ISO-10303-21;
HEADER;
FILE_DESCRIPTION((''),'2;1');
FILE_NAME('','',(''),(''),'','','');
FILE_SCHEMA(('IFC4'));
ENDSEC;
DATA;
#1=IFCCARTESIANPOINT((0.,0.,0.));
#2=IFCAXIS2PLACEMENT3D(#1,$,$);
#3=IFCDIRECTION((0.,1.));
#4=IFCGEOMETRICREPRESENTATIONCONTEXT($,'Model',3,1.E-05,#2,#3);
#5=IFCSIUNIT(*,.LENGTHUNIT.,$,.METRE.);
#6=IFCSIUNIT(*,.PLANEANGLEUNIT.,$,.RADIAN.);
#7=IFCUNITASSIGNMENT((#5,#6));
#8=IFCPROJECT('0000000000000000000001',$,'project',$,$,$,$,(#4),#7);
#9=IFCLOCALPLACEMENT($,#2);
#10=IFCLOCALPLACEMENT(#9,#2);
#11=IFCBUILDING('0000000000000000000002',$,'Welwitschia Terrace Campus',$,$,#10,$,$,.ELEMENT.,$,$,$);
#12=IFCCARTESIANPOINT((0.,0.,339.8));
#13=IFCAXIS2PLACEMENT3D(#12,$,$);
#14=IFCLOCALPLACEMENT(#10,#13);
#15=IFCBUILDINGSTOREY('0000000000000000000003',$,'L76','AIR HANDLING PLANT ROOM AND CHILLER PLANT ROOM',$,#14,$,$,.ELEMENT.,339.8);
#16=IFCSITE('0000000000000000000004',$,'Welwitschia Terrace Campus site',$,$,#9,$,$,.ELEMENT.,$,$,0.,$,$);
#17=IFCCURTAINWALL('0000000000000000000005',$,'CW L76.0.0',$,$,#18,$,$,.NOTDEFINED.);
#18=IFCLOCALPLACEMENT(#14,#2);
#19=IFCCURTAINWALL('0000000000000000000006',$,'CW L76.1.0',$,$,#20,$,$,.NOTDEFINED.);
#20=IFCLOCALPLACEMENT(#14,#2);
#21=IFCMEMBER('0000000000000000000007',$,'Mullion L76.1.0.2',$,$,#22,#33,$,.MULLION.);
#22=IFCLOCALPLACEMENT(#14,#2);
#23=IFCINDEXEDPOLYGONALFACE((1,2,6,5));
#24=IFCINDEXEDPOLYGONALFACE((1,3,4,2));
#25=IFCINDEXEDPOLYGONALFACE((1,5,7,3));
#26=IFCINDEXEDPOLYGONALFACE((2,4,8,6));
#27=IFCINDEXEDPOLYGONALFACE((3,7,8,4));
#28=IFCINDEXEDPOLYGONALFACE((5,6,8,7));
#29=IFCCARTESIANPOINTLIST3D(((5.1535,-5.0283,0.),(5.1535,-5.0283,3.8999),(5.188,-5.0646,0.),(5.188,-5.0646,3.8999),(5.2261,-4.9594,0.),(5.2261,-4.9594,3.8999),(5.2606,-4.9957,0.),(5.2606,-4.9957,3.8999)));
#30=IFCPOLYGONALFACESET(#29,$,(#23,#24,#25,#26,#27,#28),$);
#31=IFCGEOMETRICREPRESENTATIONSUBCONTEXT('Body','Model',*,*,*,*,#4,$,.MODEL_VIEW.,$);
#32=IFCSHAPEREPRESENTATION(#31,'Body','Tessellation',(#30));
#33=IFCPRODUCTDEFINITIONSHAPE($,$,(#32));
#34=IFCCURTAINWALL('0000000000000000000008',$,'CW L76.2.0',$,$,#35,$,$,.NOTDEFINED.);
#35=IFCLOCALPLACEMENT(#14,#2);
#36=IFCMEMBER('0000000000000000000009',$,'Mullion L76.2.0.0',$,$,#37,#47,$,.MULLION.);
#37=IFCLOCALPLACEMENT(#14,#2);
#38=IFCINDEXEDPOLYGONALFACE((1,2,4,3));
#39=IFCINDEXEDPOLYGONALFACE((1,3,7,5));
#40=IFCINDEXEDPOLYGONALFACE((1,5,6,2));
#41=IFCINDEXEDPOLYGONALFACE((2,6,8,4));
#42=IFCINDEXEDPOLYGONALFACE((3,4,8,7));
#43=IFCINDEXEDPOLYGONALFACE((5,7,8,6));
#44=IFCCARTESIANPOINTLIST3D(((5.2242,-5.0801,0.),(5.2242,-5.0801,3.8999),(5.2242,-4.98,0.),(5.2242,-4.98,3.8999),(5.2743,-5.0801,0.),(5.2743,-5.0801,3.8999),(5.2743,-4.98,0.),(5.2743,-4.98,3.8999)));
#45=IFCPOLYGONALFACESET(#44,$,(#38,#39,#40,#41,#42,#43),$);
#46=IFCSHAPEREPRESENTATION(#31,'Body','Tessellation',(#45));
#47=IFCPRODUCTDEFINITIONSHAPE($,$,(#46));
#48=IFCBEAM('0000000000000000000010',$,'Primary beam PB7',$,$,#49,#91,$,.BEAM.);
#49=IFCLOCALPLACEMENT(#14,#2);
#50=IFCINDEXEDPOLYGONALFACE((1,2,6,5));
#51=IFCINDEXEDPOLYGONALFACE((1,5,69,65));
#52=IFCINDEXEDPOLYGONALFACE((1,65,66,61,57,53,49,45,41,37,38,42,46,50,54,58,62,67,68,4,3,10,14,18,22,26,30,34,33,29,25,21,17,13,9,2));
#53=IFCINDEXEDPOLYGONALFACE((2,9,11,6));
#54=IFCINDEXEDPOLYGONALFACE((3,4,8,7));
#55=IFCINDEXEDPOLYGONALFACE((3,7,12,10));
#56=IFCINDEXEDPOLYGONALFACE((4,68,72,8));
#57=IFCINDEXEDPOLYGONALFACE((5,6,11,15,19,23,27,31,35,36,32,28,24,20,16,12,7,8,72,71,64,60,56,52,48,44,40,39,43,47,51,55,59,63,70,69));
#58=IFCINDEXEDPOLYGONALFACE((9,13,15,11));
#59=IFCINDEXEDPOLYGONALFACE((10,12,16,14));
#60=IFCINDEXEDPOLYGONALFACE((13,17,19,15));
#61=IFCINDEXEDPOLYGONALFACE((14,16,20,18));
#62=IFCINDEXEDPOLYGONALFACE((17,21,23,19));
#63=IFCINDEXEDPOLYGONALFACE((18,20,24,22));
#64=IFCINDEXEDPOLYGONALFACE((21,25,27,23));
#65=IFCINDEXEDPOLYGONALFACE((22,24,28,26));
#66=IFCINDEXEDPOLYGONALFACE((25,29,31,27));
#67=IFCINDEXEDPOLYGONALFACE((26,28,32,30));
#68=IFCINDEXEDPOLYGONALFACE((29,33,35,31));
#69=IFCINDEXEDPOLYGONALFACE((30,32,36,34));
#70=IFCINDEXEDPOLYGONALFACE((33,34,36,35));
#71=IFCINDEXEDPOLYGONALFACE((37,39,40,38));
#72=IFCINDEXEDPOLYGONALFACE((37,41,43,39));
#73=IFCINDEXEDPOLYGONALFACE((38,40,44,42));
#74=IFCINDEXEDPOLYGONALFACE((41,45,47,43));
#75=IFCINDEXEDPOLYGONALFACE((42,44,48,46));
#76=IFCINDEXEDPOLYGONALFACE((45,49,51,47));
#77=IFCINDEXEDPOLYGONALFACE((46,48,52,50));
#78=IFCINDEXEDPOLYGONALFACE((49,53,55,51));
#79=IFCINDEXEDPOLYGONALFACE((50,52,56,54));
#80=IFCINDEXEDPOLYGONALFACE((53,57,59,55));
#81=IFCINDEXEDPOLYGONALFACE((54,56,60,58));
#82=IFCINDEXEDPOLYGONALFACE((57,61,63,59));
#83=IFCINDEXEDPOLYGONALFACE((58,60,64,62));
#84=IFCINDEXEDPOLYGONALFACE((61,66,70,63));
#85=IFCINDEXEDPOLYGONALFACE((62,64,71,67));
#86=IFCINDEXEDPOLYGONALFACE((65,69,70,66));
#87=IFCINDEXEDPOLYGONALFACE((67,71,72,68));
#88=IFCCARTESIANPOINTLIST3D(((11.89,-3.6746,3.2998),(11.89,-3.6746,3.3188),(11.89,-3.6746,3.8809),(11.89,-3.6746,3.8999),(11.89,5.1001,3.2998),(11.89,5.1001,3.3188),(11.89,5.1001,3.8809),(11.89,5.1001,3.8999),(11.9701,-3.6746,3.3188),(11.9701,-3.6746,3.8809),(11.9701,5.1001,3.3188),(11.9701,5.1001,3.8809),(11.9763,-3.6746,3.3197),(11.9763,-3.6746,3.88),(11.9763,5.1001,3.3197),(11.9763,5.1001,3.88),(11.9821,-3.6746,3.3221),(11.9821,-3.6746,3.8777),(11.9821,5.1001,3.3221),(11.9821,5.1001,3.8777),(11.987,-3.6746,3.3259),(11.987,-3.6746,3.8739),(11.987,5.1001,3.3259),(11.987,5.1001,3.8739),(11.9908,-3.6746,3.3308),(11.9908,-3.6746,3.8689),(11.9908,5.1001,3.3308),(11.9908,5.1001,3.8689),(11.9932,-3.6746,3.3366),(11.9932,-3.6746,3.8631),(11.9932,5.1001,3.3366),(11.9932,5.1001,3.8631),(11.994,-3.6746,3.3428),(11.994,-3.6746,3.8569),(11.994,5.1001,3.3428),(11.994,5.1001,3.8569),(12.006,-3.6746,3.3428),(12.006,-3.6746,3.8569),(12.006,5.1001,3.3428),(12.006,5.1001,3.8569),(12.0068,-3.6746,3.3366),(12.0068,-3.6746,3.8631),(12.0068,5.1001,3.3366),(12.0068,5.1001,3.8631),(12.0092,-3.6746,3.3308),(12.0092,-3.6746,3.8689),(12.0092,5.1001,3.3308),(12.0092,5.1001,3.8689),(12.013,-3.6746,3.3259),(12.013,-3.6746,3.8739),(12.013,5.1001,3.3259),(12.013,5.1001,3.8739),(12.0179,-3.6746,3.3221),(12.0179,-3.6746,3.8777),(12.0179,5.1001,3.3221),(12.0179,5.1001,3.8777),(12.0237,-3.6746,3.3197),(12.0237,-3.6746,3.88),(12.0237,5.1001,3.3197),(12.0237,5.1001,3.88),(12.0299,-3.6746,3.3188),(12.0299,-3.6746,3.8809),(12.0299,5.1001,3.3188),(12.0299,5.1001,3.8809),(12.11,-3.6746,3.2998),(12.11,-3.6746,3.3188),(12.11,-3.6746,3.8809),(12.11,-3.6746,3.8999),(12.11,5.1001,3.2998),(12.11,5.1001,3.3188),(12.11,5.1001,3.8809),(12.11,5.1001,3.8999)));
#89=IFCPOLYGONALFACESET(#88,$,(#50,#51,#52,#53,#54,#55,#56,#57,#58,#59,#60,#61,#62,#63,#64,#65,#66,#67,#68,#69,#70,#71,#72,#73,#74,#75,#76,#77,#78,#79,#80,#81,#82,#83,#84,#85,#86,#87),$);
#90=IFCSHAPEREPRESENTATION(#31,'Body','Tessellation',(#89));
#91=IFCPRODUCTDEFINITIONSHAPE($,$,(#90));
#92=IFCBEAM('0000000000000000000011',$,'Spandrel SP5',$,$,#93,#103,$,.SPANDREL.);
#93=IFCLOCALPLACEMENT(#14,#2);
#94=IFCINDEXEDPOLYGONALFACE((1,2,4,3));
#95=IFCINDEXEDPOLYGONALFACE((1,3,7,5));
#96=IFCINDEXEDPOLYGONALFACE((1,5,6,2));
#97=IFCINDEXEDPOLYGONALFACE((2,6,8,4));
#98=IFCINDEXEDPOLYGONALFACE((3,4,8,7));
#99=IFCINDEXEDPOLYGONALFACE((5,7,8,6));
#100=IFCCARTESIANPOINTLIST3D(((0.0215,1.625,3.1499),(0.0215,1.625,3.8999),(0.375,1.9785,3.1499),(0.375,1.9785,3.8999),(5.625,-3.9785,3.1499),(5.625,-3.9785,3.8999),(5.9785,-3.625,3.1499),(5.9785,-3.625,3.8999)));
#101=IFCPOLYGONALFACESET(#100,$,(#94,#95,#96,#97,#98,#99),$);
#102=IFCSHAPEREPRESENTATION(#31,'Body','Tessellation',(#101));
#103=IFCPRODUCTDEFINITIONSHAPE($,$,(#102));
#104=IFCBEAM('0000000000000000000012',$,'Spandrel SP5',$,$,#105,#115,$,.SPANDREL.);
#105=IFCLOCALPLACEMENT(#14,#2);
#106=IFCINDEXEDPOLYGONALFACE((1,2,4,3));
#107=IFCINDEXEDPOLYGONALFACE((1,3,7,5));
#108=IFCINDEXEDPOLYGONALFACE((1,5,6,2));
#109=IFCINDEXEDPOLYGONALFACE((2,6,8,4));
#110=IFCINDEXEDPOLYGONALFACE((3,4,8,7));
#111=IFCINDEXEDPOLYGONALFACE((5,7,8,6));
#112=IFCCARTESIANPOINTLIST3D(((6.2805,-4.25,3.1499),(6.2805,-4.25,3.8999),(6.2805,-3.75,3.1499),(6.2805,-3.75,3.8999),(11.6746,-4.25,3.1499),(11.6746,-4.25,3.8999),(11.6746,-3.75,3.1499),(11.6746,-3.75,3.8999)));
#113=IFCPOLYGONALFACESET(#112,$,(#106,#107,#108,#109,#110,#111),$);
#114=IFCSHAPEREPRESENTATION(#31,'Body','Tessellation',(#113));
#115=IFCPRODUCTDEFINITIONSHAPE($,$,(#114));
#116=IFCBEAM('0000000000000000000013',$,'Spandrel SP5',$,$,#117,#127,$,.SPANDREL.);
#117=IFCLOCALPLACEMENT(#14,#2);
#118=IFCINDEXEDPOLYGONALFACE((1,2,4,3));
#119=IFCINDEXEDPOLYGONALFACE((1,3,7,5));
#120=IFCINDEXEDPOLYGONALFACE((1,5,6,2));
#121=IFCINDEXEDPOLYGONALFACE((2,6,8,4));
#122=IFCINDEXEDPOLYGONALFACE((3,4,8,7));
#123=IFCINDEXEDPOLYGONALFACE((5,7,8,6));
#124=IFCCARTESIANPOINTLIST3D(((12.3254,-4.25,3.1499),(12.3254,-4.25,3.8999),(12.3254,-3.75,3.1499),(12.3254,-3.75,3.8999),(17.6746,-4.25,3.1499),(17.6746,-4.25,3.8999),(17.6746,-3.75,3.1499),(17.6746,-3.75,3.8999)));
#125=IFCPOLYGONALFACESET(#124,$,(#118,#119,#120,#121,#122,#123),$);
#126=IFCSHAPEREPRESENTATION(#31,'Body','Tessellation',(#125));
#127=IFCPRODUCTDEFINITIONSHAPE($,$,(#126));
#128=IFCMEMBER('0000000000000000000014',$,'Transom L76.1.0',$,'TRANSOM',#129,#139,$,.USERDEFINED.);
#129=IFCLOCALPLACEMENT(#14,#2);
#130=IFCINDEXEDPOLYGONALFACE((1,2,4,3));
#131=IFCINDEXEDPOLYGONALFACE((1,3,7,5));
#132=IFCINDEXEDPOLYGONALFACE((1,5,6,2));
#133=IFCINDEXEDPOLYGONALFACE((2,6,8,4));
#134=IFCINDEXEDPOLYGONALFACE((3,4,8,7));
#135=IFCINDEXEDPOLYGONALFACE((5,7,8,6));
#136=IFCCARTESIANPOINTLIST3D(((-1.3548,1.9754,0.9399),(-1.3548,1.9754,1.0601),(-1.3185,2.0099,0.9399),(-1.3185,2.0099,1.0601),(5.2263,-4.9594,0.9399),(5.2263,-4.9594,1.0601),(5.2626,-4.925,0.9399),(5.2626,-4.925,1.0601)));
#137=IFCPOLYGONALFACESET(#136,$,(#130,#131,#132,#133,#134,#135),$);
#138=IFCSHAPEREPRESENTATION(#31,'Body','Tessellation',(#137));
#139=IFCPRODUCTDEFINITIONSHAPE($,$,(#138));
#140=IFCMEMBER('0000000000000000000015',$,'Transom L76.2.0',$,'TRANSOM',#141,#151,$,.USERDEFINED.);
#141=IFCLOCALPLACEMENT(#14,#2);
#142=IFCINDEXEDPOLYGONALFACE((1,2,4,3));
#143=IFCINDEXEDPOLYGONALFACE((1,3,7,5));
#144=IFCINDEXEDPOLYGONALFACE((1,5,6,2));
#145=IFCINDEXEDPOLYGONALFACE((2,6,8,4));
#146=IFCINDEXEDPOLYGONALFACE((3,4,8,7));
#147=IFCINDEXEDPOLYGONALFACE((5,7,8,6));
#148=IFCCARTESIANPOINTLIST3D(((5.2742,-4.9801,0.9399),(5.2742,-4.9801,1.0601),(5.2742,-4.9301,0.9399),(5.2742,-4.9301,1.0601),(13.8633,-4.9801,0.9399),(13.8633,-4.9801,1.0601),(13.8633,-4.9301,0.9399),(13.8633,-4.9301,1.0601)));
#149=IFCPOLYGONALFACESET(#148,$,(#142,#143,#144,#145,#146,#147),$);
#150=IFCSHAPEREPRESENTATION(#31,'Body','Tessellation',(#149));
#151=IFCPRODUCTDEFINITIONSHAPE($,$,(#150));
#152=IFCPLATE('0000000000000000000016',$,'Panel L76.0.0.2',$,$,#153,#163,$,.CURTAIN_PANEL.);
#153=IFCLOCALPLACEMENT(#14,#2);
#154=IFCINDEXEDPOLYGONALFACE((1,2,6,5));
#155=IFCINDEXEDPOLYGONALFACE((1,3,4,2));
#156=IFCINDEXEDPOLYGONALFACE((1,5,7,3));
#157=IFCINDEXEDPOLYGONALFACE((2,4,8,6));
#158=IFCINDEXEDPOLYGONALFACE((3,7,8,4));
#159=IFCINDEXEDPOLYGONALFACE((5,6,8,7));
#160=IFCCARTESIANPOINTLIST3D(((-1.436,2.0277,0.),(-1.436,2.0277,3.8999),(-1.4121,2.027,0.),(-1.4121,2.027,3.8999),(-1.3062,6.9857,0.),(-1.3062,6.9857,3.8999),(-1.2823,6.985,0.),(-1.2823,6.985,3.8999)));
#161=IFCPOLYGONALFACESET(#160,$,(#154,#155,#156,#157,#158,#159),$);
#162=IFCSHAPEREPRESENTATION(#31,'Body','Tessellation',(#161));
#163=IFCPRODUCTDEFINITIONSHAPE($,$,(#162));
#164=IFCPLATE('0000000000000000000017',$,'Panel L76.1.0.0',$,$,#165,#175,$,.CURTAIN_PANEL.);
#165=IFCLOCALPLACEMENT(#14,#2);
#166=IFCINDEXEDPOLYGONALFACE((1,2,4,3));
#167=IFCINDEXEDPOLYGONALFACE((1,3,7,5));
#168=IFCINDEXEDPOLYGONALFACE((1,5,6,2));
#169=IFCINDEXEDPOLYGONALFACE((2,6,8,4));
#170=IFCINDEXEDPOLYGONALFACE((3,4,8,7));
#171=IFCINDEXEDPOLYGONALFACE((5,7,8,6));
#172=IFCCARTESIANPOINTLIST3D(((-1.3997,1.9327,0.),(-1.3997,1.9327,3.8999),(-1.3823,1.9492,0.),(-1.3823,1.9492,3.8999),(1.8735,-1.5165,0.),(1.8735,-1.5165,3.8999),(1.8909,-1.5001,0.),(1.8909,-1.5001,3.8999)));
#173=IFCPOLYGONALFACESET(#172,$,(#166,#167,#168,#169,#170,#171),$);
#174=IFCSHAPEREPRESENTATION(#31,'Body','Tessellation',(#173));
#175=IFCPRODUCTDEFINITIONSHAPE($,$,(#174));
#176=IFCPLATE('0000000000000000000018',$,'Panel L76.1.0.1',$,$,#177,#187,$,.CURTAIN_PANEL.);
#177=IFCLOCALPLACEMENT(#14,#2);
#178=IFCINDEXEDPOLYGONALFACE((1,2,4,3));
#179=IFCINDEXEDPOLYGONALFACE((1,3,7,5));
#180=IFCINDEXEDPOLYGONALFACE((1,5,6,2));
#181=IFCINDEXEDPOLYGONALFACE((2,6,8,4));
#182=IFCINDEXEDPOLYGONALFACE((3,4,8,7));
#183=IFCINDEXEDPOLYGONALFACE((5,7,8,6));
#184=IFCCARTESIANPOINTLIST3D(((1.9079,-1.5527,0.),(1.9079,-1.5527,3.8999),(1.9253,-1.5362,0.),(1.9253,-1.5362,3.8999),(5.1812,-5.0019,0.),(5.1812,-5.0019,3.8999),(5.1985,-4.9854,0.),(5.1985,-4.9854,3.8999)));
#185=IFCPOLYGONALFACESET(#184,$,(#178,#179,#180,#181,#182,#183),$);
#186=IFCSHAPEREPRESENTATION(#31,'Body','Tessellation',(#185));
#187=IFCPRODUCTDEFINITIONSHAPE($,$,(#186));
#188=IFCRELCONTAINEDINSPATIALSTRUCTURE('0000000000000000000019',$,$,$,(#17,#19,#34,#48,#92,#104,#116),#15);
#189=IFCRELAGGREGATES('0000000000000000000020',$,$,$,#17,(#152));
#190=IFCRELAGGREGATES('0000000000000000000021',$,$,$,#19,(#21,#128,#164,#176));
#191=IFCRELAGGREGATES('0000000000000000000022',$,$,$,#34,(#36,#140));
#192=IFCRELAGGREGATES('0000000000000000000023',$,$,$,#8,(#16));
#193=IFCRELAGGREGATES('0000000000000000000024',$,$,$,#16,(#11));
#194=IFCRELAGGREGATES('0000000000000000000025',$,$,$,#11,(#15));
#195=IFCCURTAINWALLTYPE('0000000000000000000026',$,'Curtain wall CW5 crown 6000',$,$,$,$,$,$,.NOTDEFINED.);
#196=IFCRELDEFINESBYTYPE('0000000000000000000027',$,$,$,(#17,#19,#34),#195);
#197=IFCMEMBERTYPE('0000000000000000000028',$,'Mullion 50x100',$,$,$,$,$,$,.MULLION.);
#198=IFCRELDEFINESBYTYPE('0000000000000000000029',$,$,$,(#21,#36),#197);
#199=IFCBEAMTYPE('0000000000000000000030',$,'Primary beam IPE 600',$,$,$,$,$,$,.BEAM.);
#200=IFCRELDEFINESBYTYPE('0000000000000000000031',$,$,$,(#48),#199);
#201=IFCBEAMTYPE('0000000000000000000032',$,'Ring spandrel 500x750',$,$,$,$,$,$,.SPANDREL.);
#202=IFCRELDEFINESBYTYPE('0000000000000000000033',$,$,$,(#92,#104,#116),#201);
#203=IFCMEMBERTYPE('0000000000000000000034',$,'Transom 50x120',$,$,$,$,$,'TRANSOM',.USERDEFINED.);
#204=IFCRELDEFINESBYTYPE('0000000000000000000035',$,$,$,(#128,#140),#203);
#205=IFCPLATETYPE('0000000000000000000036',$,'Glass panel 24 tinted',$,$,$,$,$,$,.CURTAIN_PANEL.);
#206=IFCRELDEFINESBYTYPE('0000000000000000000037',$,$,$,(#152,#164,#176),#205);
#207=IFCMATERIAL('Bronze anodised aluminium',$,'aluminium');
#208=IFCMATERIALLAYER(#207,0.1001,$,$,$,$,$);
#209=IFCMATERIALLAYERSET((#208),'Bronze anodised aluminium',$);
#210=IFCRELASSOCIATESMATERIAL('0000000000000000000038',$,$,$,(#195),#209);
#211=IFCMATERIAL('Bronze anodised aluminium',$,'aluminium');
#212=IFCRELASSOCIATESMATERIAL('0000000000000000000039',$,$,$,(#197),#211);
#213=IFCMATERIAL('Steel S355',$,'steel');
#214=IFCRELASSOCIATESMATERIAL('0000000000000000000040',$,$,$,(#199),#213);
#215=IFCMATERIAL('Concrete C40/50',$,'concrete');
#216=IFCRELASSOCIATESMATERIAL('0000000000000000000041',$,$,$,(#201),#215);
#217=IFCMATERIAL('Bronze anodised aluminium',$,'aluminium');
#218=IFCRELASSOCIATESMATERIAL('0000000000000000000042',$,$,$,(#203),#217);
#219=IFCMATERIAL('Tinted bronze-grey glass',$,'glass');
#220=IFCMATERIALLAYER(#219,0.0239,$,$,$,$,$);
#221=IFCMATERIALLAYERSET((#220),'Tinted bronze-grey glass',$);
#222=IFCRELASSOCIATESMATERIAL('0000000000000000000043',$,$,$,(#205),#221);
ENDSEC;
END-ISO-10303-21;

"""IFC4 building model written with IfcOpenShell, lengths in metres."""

from ifc_helpers import new_model, si_unit, direction, frame, origin, origin_2d, place, context, subcontext, project, spatial, rectangle, i_section, extrude, material, layer, layer_set, material_profile, profile_set, type_object, element, aggregate, save


model = new_model("IFC4")

# Units and contexts
model_context = context("Model", 3, precision=1e-05, world=origin(), true_north=direction((0.0, 1.0)))
body_context = subcontext(model_context, "Body", "Model", "MODEL_VIEW")
ifc_project = project(units=[si_unit("LENGTHUNIT", "METRE"), si_unit("PLANEANGLEUNIT", "RADIAN")], contexts=[model_context])

# Site, building, storey
site_placement = place(None, origin())
site = spatial("IfcSite", under=ifc_project, at=site_placement, Name="Welwitschia Terrace Campus site", CompositionType="ELEMENT", RefElevation=0.0)
building_placement = place(site_placement, origin())
building = spatial("IfcBuilding", under=site, at=building_placement, Name="Welwitschia Terrace Campus", CompositionType="ELEMENT")
storey_placement = place(building_placement, frame((0.0, 0.0, 339.8)))
storey = spatial("IfcBuildingStorey", under=building, at=storey_placement, Name="L76", Description="AIR HANDLING PLANT ROOM AND CHILLER PLANT ROOM", CompositionType="ELEMENT", Elevation=339.8)

# Curtain wall
ifc_material_1 = material(Name="Bronze anodised aluminium", Category="aluminium")
ifc_layer_1 = layer(ifc_material_1, 0.1001)
ifc_layer_set_1 = layer_set([ifc_layer_1], Name="Bronze anodised aluminium")
curtain_wall_type = type_object("IfcCurtainWallType", Name="Curtain wall CW5 crown 6000", PredefinedType="NOTDEFINED", material=ifc_layer_set_1)
curtain_wall_1_placement = place(storey_placement, origin())
curtain_wall_1 = element("IfcCurtainWall", 1, at=curtain_wall_1_placement, inside=storey, type_object=curtain_wall_type, Name="CW L76.0.0", PredefinedType="NOTDEFINED")
ifc_material_2 = material(Name="Bronze anodised aluminium", Category="aluminium")
ifc_material_profile_1 = material_profile(ifc_material_2, rectangle(XDim=0.1001, YDim=0.05, at=origin_2d()))
ifc_profile_set_1 = profile_set([ifc_material_profile_1], Name="Bronze anodised aluminium")
member_type_1 = type_object("IfcMemberType", Name="Mullion 50x100", PredefinedType="MULLION", material=ifc_profile_set_1)

# Curtain wall, member
curtain_wall_2_placement = place(storey_placement, origin())
curtain_wall_2 = element("IfcCurtainWall", 2, at=curtain_wall_2_placement, inside=storey, type_object=curtain_wall_type, Name="CW L76.1.0", PredefinedType="NOTDEFINED")
member_1_placement = place(storey_placement, frame((5.207, -5.012, 0.0), z_axis=(0.0, 0.0, 1.0), x_axis=(0.725374, 0.688355, 0.0)))
member_1 = element("IfcMember", 3, at=member_1_placement, type_object=member_type_1, Name="Mullion L76.1.0.2", PredefinedType="MULLION", context=body_context, shape_type="SweptSolid", body=[
    extrude(rectangle(XDim=0.1001, YDim=0.05, at=origin_2d()), origin(), (0.0, 0.0, 1.0), 3.8999),
])

# Curtain wall, member
curtain_wall_3_placement = place(storey_placement, origin())
curtain_wall_3 = element("IfcCurtainWall", 4, at=curtain_wall_3_placement, inside=storey, type_object=curtain_wall_type, Name="CW L76.2.0", PredefinedType="NOTDEFINED")
member_2_placement = place(storey_placement, frame((5.2493, -5.03, 0.0), z_axis=(0.0, 0.0, 1.0), x_axis=(0.0, 1.0, 0.0)))
member_2 = element("IfcMember", 5, at=member_2_placement, type_object=member_type_1, Name="Mullion L76.2.0.0", PredefinedType="MULLION", context=body_context, shape_type="SweptSolid", body=[
    extrude(rectangle(XDim=0.1001, YDim=0.05, at=origin_2d()), origin(), (0.0, 0.0, 1.0), 3.8999),
])

# Beams
ifc_material_3 = material(Name="Steel S355", Category="steel")
ifc_material_profile_2 = material_profile(ifc_material_3, i_section(OverallWidth=0.22, OverallDepth=0.6001, WebThickness=0.012, FlangeThickness=0.019, FilletRadius=0.0239, at=origin_2d()))
ifc_profile_set_2 = profile_set([ifc_material_profile_2], Name="Steel S355")
beam_type_1 = type_object("IfcBeamType", Name="Primary beam IPE 600", PredefinedType="BEAM", material=ifc_profile_set_2)
beam_1_placement = place(storey_placement, frame((12.0, -3.6746, 3.5999), z_axis=(0.0, 1.0, 0.0), x_axis=(-1.0, 0.0, 0.0)))
element("IfcBeam", 6, at=beam_1_placement, inside=storey, type_object=beam_type_1, Name="Primary beam PB7", PredefinedType="BEAM", context=body_context, shape_type="SweptSolid", body=[
    extrude(i_section(OverallWidth=0.22, OverallDepth=0.6001, WebThickness=0.012, FlangeThickness=0.019, FilletRadius=0.0239, at=origin_2d()), origin(), (0.0, 0.0, 1.0), 8.7747),
])
ifc_material_4 = material(Name="Concrete C40/50", Category="concrete")
ifc_material_profile_3 = material_profile(ifc_material_4, rectangle(XDim=0.5, YDim=0.75, at=origin_2d()))
ifc_profile_set_3 = profile_set([ifc_material_profile_3], Name="Concrete C40/50")
beam_type_2 = type_object("IfcBeamType", Name="Ring spandrel 500x750", PredefinedType="SPANDREL", material=ifc_profile_set_3)
beam_2_placement = place(storey_placement, frame((0.1982, 1.8018, 3.5249), z_axis=(0.707107, -0.707107, 0.0), x_axis=(0.707107, 0.707107, 0.0)))
element("IfcBeam", 7, at=beam_2_placement, inside=storey, type_object=beam_type_2, Name="Spandrel SP5", PredefinedType="SPANDREL", context=body_context, shape_type="SweptSolid", body=[
    extrude(rectangle(XDim=0.5, YDim=0.75, at=origin_2d()), origin(), (0.0, 0.0, 1.0), 7.9246),
])
beam_3_placement = place(storey_placement, frame((6.2805, -4.0, 3.5249), z_axis=(1.0, 0.0, 0.0), x_axis=(0.0, 1.0, 0.0)))
element("IfcBeam", 8, at=beam_3_placement, inside=storey, type_object=beam_type_2, Name="Spandrel SP5", PredefinedType="SPANDREL", context=body_context, shape_type="SweptSolid", body=[
    extrude(rectangle(XDim=0.5, YDim=0.75, at=origin_2d()), origin(), (0.0, 0.0, 1.0), 5.394),
])
beam_4_placement = place(storey_placement, frame((12.3254, -4.0, 3.5249), z_axis=(1.0, 0.0, 0.0), x_axis=(0.0, 1.0, 0.0)))
element("IfcBeam", 9, at=beam_4_placement, inside=storey, type_object=beam_type_2, Name="Spandrel SP5", PredefinedType="SPANDREL", context=body_context, shape_type="SweptSolid", body=[
    extrude(rectangle(XDim=0.5, YDim=0.75, at=origin_2d()), origin(), (0.0, 0.0, 1.0), 5.3491),
])

# Members
ifc_material_5 = material(Name="Bronze anodised aluminium", Category="aluminium")
ifc_material_profile_4 = material_profile(ifc_material_5, rectangle(XDim=0.05, YDim=0.1201, at=origin_2d()))
ifc_profile_set_4 = profile_set([ifc_material_profile_4], Name="Bronze anodised aluminium")
member_type_2 = type_object("IfcMemberType", Name="Transom 50x120", ElementType="TRANSOM", PredefinedType="USERDEFINED", material=ifc_profile_set_4)
member_3_placement = place(storey_placement, frame((-1.3367, 1.9927, 1.0), z_axis=(0.688363, -0.725366, 0.0), x_axis=(0.725366, 0.688363, 0.0)))
member_3 = element("IfcMember", 10, at=member_3_placement, type_object=member_type_2, Name="Transom L76.1.0", ObjectType="TRANSOM", PredefinedType="USERDEFINED", context=body_context, shape_type="SweptSolid", body=[
    extrude(rectangle(XDim=0.05, YDim=0.1201, at=origin_2d()), origin(), (0.0, 0.0, 1.0), 9.5605),
])
member_4_placement = place(storey_placement, frame((5.2742, -4.9551, 1.0), z_axis=(1.0, 0.0, 0.0), x_axis=(0.0, 1.0, 0.0)))
member_4 = element("IfcMember", 11, at=member_4_placement, type_object=member_type_2, Name="Transom L76.2.0", ObjectType="TRANSOM", PredefinedType="USERDEFINED", context=body_context, shape_type="SweptSolid", body=[
    extrude(rectangle(XDim=0.05, YDim=0.1201, at=origin_2d()), origin(), (0.0, 0.0, 1.0), 8.5891),
])

# Plates
ifc_material_6 = material(Name="Tinted bronze-grey glass", Category="glass")
ifc_layer_2 = layer(ifc_material_6, 0.0239)
ifc_layer_set_2 = layer_set([ifc_layer_2], Name="Tinted bronze-grey glass")
plate_type = type_object("IfcPlateType", Name="Glass panel 24 tinted", PredefinedType="CURTAIN_PANEL", material=ifc_layer_set_2)
plate_1_placement = place(storey_placement, frame((-1.3591, 4.5063, 0.0), z_axis=(0.0, 0.0, 1.0), x_axis=(-0.026177, -0.999657, 0.0)))
plate_1 = element("IfcPlate", 12, at=plate_1_placement, type_object=plate_type, Name="Panel L76.0.0.2", PredefinedType="CURTAIN_PANEL", context=body_context, shape_type="SweptSolid", body=[
    extrude(rectangle(XDim=4.9597, YDim=0.0239, at=origin_2d()), origin(), (0.0, 0.0, 1.0), 3.8999),
])
aggregate(curtain_wall_1, [plate_1])
plate_2_placement = place(storey_placement, frame((0.2456, 0.2163, 0.0), z_axis=(0.0, 0.0, 1.0), x_axis=(0.688355, -0.725374, 0.0)))
plate_2 = element("IfcPlate", 13, at=plate_2_placement, type_object=plate_type, Name="Panel L76.1.0.0", PredefinedType="CURTAIN_PANEL", context=body_context, shape_type="SweptSolid", body=[
    extrude(rectangle(XDim=4.7551, YDim=0.0239, at=origin_2d()), origin(), (0.0, 0.0, 1.0), 3.8999),
])
plate_3_placement = place(storey_placement, frame((3.5532, -3.269, 0.0), z_axis=(0.0, 0.0, 1.0), x_axis=(0.688355, -0.725374, 0.0)))
plate_3 = element("IfcPlate", 14, at=plate_3_placement, type_object=plate_type, Name="Panel L76.1.0.1", PredefinedType="CURTAIN_PANEL", context=body_context, shape_type="SweptSolid", body=[
    extrude(rectangle(XDim=4.7551, YDim=0.0239, at=origin_2d()), origin(), (0.0, 0.0, 1.0), 3.8999),
])
aggregate(curtain_wall_2, [member_1, member_3, plate_2, plate_3])
aggregate(curtain_wall_3, [member_2, member_4])

save(model, "model.ifc")
